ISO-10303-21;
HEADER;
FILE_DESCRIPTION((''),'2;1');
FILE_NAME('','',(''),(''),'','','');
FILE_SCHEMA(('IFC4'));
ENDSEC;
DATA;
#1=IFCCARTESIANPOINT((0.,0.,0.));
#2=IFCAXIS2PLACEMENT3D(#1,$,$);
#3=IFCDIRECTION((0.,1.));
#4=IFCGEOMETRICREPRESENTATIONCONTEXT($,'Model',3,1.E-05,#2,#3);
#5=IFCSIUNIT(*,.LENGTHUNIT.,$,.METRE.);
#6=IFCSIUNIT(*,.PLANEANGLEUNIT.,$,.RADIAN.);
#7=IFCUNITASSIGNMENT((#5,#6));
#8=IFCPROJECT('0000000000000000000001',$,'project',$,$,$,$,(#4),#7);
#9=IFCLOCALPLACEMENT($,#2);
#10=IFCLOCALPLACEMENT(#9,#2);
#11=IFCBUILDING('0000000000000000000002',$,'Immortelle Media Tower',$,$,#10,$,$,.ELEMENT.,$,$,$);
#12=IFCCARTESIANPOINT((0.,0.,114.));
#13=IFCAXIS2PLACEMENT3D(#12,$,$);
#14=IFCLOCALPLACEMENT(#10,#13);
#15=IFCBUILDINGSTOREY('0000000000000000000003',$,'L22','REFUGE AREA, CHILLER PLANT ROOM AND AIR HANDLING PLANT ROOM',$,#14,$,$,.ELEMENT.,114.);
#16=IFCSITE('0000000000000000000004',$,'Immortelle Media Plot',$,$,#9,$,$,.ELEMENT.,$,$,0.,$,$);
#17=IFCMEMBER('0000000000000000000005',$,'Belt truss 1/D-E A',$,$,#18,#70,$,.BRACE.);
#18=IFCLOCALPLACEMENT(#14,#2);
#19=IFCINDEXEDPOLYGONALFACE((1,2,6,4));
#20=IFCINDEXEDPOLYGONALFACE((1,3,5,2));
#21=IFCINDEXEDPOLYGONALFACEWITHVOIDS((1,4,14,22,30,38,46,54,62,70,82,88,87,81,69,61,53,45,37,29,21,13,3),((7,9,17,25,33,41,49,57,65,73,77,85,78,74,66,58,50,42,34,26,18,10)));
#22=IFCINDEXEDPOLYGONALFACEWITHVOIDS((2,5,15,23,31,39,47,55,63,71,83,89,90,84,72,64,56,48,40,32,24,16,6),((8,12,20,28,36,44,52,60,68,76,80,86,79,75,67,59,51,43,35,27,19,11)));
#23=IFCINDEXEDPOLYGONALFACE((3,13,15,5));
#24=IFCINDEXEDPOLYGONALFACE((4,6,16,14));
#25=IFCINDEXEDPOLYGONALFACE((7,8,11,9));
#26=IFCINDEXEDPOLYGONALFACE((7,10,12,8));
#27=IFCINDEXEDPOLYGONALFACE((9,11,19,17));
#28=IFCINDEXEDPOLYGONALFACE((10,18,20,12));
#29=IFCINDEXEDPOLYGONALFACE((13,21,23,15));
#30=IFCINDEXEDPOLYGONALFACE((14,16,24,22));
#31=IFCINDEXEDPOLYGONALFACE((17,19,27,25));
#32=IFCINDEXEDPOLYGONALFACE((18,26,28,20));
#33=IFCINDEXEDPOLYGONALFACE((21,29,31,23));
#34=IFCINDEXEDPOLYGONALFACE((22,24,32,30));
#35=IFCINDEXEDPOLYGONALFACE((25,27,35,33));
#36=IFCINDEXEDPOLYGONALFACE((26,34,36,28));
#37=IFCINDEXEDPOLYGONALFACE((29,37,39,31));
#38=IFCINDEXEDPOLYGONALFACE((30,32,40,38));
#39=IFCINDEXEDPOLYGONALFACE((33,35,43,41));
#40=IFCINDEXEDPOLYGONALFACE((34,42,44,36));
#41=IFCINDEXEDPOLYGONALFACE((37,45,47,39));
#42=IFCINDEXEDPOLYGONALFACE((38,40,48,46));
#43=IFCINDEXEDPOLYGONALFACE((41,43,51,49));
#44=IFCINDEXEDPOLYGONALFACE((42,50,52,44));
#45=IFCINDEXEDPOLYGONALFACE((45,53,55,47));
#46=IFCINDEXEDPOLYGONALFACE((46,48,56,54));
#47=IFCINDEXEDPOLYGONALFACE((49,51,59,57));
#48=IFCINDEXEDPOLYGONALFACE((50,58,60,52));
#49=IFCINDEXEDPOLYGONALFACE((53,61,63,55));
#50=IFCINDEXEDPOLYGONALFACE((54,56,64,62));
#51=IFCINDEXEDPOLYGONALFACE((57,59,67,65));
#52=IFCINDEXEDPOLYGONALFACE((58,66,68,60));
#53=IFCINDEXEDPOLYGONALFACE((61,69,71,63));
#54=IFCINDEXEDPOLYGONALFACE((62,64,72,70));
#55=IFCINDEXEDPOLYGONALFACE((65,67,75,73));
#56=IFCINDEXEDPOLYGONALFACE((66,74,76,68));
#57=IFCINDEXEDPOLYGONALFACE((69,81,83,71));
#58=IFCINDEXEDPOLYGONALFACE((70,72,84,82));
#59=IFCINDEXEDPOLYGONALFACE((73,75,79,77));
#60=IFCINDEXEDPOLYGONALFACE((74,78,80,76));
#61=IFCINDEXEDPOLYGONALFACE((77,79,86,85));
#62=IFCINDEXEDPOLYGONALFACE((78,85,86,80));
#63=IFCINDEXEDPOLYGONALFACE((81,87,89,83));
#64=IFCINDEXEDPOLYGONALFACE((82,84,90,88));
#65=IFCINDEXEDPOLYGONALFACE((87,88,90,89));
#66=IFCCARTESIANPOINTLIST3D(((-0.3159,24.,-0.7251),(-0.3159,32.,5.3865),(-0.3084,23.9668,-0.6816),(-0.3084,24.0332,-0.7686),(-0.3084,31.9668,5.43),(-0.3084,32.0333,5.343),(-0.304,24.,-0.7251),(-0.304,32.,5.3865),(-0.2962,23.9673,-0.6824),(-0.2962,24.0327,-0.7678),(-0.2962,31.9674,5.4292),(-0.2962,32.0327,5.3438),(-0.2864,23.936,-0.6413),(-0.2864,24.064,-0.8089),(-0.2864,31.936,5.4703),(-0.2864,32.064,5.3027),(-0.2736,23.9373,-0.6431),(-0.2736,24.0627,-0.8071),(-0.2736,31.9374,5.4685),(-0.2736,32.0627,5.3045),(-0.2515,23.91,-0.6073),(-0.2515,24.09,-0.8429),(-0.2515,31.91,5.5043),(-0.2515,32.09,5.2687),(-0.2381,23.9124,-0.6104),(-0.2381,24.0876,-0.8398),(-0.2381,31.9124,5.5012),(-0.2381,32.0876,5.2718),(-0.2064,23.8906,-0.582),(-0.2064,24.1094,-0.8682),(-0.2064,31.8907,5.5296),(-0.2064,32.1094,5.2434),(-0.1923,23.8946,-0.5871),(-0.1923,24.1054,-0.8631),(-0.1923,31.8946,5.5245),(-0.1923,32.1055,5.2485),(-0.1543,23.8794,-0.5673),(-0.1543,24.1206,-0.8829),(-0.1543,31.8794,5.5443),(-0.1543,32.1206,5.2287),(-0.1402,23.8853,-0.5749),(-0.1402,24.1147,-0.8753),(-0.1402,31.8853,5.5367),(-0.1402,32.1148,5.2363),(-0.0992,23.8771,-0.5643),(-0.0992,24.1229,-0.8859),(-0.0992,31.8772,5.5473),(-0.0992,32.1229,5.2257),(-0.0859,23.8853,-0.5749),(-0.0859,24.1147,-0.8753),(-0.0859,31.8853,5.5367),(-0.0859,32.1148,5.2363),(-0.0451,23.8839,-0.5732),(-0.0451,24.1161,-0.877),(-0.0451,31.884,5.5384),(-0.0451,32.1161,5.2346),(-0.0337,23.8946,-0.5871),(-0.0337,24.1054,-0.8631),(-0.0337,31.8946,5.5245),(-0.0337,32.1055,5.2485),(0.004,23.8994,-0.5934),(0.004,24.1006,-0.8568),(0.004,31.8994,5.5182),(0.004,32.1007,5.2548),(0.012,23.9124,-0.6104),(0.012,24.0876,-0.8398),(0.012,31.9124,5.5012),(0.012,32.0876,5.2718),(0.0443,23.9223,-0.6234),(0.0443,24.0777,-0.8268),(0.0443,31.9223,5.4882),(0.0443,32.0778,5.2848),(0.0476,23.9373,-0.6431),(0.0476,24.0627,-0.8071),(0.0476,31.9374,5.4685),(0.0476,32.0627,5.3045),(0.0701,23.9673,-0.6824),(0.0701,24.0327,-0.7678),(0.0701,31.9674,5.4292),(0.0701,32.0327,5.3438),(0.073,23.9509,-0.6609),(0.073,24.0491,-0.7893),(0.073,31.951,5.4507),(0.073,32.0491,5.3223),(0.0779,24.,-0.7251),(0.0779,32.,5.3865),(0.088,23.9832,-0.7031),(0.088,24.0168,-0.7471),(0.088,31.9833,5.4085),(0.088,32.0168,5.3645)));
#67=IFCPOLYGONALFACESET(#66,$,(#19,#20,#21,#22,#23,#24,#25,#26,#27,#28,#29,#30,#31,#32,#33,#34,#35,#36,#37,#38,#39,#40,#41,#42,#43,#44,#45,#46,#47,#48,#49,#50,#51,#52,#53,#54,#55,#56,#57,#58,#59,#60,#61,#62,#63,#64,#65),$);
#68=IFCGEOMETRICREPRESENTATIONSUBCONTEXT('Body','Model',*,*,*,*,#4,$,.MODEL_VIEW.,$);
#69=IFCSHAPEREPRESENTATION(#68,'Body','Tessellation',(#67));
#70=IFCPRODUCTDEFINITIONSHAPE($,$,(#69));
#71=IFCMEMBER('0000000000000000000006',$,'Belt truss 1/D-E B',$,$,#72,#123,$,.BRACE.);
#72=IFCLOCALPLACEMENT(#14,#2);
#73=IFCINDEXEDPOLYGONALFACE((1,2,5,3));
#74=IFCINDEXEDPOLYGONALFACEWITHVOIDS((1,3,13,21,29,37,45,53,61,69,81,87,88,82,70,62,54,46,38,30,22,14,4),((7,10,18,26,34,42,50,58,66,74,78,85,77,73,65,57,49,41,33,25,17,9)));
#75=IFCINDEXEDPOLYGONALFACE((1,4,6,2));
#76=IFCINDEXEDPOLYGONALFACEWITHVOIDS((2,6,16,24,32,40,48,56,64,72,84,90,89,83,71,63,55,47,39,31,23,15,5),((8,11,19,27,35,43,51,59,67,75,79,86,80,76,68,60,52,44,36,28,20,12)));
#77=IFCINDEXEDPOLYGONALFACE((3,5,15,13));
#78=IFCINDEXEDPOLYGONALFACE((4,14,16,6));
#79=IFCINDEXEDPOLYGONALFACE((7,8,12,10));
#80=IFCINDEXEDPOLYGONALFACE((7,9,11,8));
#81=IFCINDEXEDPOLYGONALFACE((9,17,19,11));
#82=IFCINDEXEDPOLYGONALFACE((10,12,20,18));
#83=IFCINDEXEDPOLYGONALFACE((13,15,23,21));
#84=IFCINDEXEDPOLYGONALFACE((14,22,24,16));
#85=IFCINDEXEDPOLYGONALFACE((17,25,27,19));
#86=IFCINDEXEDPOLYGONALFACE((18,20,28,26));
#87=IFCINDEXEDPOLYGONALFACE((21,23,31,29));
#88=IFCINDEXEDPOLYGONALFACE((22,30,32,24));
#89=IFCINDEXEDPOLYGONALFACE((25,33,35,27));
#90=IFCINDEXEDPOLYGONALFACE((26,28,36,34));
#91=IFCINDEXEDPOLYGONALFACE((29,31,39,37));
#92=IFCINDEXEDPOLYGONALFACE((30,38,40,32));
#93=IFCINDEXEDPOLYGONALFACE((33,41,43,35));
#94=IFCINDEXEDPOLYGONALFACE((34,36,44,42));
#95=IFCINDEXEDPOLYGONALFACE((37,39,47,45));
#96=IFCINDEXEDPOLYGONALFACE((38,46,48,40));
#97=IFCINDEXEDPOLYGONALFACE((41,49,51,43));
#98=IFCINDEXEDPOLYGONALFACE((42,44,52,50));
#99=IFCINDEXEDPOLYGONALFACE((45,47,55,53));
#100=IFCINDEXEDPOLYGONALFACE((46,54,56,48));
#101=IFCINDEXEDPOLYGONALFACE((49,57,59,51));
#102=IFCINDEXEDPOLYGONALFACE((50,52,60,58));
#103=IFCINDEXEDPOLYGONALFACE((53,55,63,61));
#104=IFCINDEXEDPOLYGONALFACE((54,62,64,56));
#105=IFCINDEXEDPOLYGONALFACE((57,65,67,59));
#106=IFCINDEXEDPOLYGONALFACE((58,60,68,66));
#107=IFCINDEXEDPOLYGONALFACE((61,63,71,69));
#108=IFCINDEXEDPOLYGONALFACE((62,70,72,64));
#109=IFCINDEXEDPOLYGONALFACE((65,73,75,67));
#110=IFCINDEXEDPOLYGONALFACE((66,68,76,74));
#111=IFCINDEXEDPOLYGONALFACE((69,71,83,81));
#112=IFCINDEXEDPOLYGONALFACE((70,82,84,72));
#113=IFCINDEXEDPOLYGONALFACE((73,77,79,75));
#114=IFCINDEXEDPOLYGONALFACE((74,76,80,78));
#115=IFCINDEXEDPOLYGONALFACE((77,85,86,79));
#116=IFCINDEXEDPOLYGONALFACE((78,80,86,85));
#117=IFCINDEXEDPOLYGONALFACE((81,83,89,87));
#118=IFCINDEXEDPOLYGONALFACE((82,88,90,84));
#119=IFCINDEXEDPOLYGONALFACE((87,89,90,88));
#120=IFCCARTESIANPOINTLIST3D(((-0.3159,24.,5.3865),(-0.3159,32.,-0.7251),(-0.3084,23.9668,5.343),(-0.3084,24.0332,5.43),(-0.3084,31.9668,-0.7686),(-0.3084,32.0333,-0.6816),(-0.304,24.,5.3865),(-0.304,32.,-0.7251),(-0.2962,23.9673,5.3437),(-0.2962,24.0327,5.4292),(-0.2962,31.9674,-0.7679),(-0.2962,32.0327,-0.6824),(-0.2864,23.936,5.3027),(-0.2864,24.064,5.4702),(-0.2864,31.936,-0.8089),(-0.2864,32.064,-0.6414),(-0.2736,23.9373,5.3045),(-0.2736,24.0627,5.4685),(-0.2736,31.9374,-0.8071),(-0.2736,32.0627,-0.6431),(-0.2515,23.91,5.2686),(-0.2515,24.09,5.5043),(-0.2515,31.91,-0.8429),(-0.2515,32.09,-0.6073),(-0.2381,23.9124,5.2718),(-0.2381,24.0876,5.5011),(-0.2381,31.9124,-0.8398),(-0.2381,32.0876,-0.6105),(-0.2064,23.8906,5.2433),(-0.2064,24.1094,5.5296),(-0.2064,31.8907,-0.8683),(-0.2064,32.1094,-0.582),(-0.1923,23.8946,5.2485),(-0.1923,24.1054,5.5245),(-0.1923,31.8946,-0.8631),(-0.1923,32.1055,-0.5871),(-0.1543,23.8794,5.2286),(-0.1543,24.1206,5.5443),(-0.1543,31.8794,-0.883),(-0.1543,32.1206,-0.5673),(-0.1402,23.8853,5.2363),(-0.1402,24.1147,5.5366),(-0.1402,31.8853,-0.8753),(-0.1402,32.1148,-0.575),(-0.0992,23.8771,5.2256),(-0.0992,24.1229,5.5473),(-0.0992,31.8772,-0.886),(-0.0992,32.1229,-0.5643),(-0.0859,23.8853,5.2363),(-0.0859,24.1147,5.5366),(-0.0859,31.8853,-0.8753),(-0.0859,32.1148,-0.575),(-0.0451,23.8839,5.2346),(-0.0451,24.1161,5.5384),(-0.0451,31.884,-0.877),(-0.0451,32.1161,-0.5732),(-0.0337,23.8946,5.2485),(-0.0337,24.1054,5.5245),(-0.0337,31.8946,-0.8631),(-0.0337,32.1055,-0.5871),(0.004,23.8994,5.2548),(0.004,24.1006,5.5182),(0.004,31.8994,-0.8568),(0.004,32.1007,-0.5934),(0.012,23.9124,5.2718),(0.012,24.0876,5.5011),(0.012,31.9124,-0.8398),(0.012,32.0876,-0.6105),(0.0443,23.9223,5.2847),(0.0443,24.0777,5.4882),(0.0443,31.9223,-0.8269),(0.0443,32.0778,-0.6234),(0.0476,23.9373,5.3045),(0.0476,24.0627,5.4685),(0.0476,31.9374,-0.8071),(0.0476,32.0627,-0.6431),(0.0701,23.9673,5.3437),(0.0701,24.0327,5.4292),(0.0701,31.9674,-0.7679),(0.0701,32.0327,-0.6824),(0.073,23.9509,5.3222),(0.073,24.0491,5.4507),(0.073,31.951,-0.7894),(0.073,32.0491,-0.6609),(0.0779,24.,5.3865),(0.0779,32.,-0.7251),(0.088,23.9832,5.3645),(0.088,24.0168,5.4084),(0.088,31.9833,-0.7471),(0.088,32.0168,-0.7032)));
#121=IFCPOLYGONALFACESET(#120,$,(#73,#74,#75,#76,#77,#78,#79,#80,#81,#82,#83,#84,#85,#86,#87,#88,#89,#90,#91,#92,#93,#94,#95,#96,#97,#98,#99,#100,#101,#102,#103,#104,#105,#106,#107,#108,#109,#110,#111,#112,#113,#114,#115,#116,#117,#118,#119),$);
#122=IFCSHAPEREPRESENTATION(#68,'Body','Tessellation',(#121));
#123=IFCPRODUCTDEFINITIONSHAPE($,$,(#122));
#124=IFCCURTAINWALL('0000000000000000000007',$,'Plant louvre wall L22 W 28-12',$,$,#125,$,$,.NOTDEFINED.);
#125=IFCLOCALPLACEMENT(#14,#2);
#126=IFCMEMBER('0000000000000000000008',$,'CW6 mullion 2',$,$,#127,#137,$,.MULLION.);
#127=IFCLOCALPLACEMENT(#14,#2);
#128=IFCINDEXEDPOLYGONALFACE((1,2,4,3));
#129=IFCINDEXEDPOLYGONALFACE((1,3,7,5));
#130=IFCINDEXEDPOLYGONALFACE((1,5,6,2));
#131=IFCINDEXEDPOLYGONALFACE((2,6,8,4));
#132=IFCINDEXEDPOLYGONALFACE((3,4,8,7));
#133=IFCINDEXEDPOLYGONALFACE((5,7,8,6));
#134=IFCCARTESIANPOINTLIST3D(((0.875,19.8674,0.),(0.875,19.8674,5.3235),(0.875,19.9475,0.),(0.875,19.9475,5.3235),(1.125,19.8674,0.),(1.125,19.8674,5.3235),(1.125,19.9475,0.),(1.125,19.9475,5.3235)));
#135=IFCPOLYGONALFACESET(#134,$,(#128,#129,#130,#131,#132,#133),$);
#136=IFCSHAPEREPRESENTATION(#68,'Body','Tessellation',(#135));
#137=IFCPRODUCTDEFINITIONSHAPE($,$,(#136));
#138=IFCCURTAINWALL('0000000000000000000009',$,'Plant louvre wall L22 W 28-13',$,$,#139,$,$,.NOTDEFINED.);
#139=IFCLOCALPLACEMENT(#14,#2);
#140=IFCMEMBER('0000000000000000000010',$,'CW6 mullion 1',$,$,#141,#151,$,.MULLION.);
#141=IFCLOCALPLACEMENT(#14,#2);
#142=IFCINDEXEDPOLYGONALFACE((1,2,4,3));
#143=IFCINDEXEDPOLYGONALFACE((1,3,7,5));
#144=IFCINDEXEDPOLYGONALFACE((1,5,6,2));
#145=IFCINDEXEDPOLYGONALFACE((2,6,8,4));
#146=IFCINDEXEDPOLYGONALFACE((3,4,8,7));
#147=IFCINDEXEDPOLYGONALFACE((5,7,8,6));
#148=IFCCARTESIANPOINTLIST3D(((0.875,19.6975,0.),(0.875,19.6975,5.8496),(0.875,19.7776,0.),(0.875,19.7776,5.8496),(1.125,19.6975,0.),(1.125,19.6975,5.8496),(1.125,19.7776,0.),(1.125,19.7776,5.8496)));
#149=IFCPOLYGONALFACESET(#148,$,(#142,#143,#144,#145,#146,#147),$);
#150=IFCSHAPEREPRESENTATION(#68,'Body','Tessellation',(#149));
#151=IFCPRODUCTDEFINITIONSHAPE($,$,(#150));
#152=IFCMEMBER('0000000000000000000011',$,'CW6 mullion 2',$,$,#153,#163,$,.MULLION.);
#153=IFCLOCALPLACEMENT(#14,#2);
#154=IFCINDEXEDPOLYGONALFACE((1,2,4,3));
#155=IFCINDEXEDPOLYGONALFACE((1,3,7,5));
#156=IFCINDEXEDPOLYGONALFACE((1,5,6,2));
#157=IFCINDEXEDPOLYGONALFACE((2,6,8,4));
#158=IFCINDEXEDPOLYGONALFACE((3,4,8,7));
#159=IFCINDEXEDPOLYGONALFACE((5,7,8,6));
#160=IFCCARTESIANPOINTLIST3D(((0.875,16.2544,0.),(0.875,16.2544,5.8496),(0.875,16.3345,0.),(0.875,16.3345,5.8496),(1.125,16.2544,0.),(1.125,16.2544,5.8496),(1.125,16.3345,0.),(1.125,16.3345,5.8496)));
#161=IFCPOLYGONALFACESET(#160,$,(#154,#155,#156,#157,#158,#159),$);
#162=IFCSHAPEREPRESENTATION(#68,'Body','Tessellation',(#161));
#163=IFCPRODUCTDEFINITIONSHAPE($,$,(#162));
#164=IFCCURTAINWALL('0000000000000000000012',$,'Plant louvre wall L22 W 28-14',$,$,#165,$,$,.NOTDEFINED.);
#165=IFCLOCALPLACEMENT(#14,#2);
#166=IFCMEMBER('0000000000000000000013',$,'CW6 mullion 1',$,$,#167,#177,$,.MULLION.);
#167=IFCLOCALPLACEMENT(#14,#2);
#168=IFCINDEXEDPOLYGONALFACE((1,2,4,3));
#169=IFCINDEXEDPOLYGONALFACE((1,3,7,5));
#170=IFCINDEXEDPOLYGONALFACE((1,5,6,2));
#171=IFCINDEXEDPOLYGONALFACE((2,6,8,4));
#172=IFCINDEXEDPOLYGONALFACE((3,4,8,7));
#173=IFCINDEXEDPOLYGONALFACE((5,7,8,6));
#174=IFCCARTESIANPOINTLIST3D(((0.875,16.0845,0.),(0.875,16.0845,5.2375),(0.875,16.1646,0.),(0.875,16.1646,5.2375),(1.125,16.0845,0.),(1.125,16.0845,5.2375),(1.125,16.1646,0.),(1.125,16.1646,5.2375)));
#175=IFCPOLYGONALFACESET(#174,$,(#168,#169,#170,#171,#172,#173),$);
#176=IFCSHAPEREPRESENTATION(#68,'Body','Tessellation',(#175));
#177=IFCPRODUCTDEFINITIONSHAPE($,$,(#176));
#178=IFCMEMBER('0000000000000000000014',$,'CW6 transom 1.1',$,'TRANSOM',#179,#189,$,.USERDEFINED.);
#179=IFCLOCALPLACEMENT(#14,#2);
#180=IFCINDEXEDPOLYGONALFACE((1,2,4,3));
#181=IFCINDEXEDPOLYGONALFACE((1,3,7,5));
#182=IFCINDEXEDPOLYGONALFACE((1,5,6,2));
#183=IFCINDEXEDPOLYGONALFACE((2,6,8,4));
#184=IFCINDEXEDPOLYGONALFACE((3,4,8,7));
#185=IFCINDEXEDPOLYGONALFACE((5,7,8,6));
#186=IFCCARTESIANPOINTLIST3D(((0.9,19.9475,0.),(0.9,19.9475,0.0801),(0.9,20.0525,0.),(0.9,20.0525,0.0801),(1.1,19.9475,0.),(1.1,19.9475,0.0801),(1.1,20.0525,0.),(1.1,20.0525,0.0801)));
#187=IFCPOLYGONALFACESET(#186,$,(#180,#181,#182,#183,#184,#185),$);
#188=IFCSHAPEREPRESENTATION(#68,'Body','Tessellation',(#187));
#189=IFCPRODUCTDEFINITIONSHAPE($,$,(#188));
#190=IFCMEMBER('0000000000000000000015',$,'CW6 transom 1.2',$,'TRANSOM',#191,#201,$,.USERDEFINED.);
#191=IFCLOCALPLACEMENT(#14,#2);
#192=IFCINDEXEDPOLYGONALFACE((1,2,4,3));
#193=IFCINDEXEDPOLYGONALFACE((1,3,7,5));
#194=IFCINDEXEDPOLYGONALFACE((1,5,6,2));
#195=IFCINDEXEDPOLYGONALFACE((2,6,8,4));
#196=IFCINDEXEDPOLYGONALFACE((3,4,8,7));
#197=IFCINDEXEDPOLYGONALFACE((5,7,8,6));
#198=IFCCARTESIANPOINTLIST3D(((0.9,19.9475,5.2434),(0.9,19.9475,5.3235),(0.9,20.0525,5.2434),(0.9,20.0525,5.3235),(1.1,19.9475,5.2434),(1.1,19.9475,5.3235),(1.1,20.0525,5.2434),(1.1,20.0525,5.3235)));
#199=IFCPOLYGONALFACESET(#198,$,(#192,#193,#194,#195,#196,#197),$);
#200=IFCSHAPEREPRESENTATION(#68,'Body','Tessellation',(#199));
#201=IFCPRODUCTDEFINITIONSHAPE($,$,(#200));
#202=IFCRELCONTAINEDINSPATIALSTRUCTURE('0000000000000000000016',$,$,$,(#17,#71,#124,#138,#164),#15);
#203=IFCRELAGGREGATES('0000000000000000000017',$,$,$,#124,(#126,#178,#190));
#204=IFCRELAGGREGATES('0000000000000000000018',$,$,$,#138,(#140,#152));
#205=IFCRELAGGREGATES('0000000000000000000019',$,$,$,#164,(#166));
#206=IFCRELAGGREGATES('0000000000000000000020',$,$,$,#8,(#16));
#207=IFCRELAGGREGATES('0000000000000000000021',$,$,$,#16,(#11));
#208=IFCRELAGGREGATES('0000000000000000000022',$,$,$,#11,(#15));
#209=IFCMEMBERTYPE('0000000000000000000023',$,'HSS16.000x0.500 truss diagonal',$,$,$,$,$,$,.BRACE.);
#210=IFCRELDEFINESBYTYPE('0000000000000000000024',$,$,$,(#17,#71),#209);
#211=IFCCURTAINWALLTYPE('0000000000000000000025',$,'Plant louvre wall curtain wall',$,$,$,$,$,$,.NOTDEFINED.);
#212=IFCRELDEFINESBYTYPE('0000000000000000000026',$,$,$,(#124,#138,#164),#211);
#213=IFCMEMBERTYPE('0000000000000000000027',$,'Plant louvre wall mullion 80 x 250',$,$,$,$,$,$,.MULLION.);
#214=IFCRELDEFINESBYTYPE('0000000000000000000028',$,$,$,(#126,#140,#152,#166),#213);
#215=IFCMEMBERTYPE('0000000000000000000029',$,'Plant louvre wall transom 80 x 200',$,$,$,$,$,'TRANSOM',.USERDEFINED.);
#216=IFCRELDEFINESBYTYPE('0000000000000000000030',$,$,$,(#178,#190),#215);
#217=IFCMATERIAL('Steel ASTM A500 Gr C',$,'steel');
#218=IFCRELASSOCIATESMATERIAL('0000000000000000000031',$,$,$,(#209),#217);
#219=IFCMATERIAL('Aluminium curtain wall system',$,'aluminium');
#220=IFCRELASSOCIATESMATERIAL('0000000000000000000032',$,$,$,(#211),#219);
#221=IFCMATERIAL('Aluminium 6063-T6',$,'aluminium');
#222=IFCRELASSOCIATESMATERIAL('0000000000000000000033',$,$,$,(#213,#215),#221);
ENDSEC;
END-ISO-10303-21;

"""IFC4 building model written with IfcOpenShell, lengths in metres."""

from ifc_helpers import new_model, si_unit, direction, frame, origin, origin_2d, place, context, subcontext, project, spatial, rectangle, hollow_circle, extrude, material, material_profile, profile_set, type_object, element, aggregate, save


model = new_model("IFC4")

# Units and contexts
model_context = context("Model", 3, precision=1e-05, world=origin(), true_north=direction((0.0, 1.0)))
body_context = subcontext(model_context, "Body", "Model", "MODEL_VIEW")
ifc_project = project(units=[si_unit("LENGTHUNIT", "METRE"), si_unit("PLANEANGLEUNIT", "RADIAN")], contexts=[model_context])

# Site, building, storey
site_placement = place(None, origin())
site = spatial("IfcSite", under=ifc_project, at=site_placement, Name="Immortelle Media Plot", CompositionType="ELEMENT", RefElevation=0.0)
building_placement = place(site_placement, origin())
building = spatial("IfcBuilding", under=site, at=building_placement, Name="Immortelle Media Tower", CompositionType="ELEMENT")
storey_placement = place(building_placement, frame((0.0, 0.0, 114.0)))
storey = spatial("IfcBuildingStorey", under=building, at=storey_placement, Name="L22", Description="REFUGE AREA, CHILLER PLANT ROOM AND AIR HANDLING PLANT ROOM", CompositionType="ELEMENT", Elevation=114.0)

# Members
ifc_material_1 = material(Name="Steel ASTM A500 Gr C", Category="steel")
ifc_material_profile_1 = material_profile(ifc_material_1, hollow_circle(Radius=0.2029, WallThickness=0.012, at=origin_2d()), Name="HSS16.000x0.500 truss diagonal")
ifc_profile_set_1 = profile_set([ifc_material_profile_1], Name="Steel ASTM A500 Gr C")
member_type_1 = type_object("IfcMemberType", Name="HSS16.000x0.500 truss diagonal", PredefinedType="BRACE", material=ifc_profile_set_1)
for number, where, z_axis, x_axis, name in (
    (1, (-0.113, 24.0, -0.7251), (0.0, 0.794649, 0.607069), (-1.0, 0.0, 0.0), "Belt truss 1/D-E A"),
    (2, (-0.113, 24.0, 5.3865), (0.0, 0.794649, -0.607069), (-1.0, 0.0, 0.0), "Belt truss 1/D-E B"),
):
    element("IfcMember", number, at=place(storey_placement, frame(where, z_axis=z_axis, x_axis=x_axis)), inside=storey, type_object=member_type_1, Name=name, PredefinedType="BRACE", context=body_context, shape_type="SweptSolid", body=[
        extrude(hollow_circle(Radius=0.2029, WallThickness=0.012, at=origin_2d()), origin(), (0.0, 0.0, 1.0), 10.0674),
    ])

# Curtain wall, member
ifc_material_2 = material(Name="Aluminium curtain wall system", Category="aluminium")
curtain_wall_type = type_object("IfcCurtainWallType", Name="Plant louvre wall curtain wall", PredefinedType="NOTDEFINED", material=ifc_material_2)
curtain_wall_1_placement = place(storey_placement, origin())
curtain_wall_1 = element("IfcCurtainWall", 3, at=curtain_wall_1_placement, inside=storey, type_object=curtain_wall_type, Name="Plant louvre wall L22 W 28-12", PredefinedType="NOTDEFINED")
ifc_material_3 = material(Name="Aluminium 6063-T6", Category="aluminium")
ifc_material_profile_2 = material_profile(ifc_material_3, rectangle(XDim=0.25, YDim=0.0801, at=origin_2d()), Name="AL 80x250")
ifc_profile_set_2 = profile_set([ifc_material_profile_2], Name="Aluminium 6063-T6")
member_type_2 = type_object("IfcMemberType", Name="Plant louvre wall mullion 80 x 250", PredefinedType="MULLION", material=ifc_profile_set_2)
member_1_placement = place(storey_placement, frame((1.0, 19.9075, 0.0), z_axis=(0.0, 0.0, 1.0), x_axis=(1.0, 0.0, 0.0)))
member_1 = element("IfcMember", 4, at=member_1_placement, type_object=member_type_2, Name="CW6 mullion 2", PredefinedType="MULLION", context=body_context, shape_type="SweptSolid", body=[
    extrude(rectangle(XDim=0.25, YDim=0.0801, at=origin_2d()), origin(), (0.0, 0.0, 1.0), 5.3235),
])

# Curtain wall, members
curtain_wall_2_placement = place(storey_placement, origin())
curtain_wall_2 = element("IfcCurtainWall", 5, at=curtain_wall_2_placement, inside=storey, type_object=curtain_wall_type, Name="Plant louvre wall L22 W 28-13", PredefinedType="NOTDEFINED")
member_2_placement = place(storey_placement, frame((1.0, 19.7375, 0.0), z_axis=(0.0, 0.0, 1.0), x_axis=(1.0, 0.0, 0.0)))
member_2 = element("IfcMember", 6, at=member_2_placement, type_object=member_type_2, Name="CW6 mullion 1", PredefinedType="MULLION", context=body_context, shape_type="SweptSolid", body=[
    extrude(rectangle(XDim=0.25, YDim=0.0801, at=origin_2d()), origin(), (0.0, 0.0, 1.0), 5.8496),
])
member_3_placement = place(storey_placement, frame((1.0, 16.2944, 0.0), z_axis=(0.0, 0.0, 1.0), x_axis=(1.0, 0.0, 0.0)))
member_3 = element("IfcMember", 7, at=member_3_placement, type_object=member_type_2, Name="CW6 mullion 2", PredefinedType="MULLION", context=body_context, shape_type="SweptSolid", body=[
    extrude(rectangle(XDim=0.25, YDim=0.0801, at=origin_2d()), origin(), (0.0, 0.0, 1.0), 5.8496),
])

# Curtain wall, member
curtain_wall_3_placement = place(storey_placement, origin())
curtain_wall_3 = element("IfcCurtainWall", 8, at=curtain_wall_3_placement, inside=storey, type_object=curtain_wall_type, Name="Plant louvre wall L22 W 28-14", PredefinedType="NOTDEFINED")
member_4_placement = place(storey_placement, frame((1.0, 16.1245, 0.0), z_axis=(0.0, 0.0, 1.0), x_axis=(1.0, 0.0, 0.0)))
member_4 = element("IfcMember", 9, at=member_4_placement, type_object=member_type_2, Name="CW6 mullion 1", PredefinedType="MULLION", context=body_context, shape_type="SweptSolid", body=[
    extrude(rectangle(XDim=0.25, YDim=0.0801, at=origin_2d()), origin(), (0.0, 0.0, 1.0), 5.2375),
])

# Members
ifc_material_profile_3 = material_profile(ifc_material_3, rectangle(XDim=0.2, YDim=0.0801, at=origin_2d()), Name="AL 80x200")
ifc_profile_set_3 = profile_set([ifc_material_profile_3], Name="Aluminium 6063-T6")
member_type_3 = type_object("IfcMemberType", Name="Plant louvre wall transom 80 x 200", ElementType="TRANSOM", PredefinedType="USERDEFINED", material=ifc_profile_set_3)
member_5_placement = place(storey_placement, frame((1.0, 20.0525, 0.04), z_axis=(0.0, -1.0, 0.0), x_axis=(1.0, 0.0, 0.0)))
member_5 = element("IfcMember", 10, at=member_5_placement, type_object=member_type_3, Name="CW6 transom 1.1", ObjectType="TRANSOM", PredefinedType="USERDEFINED", context=body_context, shape_type="SweptSolid", body=[
    extrude(rectangle(XDim=0.2, YDim=0.0801, at=origin_2d()), origin(), (0.0, 0.0, 1.0), 0.105),
])
member_6_placement = place(storey_placement, frame((1.0, 20.0525, 5.2834), z_axis=(0.0, -1.0, 0.0), x_axis=(1.0, 0.0, 0.0)))
member_6 = element("IfcMember", 11, at=member_6_placement, type_object=member_type_3, Name="CW6 transom 1.2", ObjectType="TRANSOM", PredefinedType="USERDEFINED", context=body_context, shape_type="SweptSolid", body=[
    extrude(rectangle(XDim=0.2, YDim=0.0801, at=origin_2d()), origin(), (0.0, 0.0, 1.0), 0.105),
])

aggregate(curtain_wall_1, [member_1, member_5, member_6])
aggregate(curtain_wall_2, [member_2, member_3])
aggregate(curtain_wall_3, [member_4])

save(model, "model.ifc")
